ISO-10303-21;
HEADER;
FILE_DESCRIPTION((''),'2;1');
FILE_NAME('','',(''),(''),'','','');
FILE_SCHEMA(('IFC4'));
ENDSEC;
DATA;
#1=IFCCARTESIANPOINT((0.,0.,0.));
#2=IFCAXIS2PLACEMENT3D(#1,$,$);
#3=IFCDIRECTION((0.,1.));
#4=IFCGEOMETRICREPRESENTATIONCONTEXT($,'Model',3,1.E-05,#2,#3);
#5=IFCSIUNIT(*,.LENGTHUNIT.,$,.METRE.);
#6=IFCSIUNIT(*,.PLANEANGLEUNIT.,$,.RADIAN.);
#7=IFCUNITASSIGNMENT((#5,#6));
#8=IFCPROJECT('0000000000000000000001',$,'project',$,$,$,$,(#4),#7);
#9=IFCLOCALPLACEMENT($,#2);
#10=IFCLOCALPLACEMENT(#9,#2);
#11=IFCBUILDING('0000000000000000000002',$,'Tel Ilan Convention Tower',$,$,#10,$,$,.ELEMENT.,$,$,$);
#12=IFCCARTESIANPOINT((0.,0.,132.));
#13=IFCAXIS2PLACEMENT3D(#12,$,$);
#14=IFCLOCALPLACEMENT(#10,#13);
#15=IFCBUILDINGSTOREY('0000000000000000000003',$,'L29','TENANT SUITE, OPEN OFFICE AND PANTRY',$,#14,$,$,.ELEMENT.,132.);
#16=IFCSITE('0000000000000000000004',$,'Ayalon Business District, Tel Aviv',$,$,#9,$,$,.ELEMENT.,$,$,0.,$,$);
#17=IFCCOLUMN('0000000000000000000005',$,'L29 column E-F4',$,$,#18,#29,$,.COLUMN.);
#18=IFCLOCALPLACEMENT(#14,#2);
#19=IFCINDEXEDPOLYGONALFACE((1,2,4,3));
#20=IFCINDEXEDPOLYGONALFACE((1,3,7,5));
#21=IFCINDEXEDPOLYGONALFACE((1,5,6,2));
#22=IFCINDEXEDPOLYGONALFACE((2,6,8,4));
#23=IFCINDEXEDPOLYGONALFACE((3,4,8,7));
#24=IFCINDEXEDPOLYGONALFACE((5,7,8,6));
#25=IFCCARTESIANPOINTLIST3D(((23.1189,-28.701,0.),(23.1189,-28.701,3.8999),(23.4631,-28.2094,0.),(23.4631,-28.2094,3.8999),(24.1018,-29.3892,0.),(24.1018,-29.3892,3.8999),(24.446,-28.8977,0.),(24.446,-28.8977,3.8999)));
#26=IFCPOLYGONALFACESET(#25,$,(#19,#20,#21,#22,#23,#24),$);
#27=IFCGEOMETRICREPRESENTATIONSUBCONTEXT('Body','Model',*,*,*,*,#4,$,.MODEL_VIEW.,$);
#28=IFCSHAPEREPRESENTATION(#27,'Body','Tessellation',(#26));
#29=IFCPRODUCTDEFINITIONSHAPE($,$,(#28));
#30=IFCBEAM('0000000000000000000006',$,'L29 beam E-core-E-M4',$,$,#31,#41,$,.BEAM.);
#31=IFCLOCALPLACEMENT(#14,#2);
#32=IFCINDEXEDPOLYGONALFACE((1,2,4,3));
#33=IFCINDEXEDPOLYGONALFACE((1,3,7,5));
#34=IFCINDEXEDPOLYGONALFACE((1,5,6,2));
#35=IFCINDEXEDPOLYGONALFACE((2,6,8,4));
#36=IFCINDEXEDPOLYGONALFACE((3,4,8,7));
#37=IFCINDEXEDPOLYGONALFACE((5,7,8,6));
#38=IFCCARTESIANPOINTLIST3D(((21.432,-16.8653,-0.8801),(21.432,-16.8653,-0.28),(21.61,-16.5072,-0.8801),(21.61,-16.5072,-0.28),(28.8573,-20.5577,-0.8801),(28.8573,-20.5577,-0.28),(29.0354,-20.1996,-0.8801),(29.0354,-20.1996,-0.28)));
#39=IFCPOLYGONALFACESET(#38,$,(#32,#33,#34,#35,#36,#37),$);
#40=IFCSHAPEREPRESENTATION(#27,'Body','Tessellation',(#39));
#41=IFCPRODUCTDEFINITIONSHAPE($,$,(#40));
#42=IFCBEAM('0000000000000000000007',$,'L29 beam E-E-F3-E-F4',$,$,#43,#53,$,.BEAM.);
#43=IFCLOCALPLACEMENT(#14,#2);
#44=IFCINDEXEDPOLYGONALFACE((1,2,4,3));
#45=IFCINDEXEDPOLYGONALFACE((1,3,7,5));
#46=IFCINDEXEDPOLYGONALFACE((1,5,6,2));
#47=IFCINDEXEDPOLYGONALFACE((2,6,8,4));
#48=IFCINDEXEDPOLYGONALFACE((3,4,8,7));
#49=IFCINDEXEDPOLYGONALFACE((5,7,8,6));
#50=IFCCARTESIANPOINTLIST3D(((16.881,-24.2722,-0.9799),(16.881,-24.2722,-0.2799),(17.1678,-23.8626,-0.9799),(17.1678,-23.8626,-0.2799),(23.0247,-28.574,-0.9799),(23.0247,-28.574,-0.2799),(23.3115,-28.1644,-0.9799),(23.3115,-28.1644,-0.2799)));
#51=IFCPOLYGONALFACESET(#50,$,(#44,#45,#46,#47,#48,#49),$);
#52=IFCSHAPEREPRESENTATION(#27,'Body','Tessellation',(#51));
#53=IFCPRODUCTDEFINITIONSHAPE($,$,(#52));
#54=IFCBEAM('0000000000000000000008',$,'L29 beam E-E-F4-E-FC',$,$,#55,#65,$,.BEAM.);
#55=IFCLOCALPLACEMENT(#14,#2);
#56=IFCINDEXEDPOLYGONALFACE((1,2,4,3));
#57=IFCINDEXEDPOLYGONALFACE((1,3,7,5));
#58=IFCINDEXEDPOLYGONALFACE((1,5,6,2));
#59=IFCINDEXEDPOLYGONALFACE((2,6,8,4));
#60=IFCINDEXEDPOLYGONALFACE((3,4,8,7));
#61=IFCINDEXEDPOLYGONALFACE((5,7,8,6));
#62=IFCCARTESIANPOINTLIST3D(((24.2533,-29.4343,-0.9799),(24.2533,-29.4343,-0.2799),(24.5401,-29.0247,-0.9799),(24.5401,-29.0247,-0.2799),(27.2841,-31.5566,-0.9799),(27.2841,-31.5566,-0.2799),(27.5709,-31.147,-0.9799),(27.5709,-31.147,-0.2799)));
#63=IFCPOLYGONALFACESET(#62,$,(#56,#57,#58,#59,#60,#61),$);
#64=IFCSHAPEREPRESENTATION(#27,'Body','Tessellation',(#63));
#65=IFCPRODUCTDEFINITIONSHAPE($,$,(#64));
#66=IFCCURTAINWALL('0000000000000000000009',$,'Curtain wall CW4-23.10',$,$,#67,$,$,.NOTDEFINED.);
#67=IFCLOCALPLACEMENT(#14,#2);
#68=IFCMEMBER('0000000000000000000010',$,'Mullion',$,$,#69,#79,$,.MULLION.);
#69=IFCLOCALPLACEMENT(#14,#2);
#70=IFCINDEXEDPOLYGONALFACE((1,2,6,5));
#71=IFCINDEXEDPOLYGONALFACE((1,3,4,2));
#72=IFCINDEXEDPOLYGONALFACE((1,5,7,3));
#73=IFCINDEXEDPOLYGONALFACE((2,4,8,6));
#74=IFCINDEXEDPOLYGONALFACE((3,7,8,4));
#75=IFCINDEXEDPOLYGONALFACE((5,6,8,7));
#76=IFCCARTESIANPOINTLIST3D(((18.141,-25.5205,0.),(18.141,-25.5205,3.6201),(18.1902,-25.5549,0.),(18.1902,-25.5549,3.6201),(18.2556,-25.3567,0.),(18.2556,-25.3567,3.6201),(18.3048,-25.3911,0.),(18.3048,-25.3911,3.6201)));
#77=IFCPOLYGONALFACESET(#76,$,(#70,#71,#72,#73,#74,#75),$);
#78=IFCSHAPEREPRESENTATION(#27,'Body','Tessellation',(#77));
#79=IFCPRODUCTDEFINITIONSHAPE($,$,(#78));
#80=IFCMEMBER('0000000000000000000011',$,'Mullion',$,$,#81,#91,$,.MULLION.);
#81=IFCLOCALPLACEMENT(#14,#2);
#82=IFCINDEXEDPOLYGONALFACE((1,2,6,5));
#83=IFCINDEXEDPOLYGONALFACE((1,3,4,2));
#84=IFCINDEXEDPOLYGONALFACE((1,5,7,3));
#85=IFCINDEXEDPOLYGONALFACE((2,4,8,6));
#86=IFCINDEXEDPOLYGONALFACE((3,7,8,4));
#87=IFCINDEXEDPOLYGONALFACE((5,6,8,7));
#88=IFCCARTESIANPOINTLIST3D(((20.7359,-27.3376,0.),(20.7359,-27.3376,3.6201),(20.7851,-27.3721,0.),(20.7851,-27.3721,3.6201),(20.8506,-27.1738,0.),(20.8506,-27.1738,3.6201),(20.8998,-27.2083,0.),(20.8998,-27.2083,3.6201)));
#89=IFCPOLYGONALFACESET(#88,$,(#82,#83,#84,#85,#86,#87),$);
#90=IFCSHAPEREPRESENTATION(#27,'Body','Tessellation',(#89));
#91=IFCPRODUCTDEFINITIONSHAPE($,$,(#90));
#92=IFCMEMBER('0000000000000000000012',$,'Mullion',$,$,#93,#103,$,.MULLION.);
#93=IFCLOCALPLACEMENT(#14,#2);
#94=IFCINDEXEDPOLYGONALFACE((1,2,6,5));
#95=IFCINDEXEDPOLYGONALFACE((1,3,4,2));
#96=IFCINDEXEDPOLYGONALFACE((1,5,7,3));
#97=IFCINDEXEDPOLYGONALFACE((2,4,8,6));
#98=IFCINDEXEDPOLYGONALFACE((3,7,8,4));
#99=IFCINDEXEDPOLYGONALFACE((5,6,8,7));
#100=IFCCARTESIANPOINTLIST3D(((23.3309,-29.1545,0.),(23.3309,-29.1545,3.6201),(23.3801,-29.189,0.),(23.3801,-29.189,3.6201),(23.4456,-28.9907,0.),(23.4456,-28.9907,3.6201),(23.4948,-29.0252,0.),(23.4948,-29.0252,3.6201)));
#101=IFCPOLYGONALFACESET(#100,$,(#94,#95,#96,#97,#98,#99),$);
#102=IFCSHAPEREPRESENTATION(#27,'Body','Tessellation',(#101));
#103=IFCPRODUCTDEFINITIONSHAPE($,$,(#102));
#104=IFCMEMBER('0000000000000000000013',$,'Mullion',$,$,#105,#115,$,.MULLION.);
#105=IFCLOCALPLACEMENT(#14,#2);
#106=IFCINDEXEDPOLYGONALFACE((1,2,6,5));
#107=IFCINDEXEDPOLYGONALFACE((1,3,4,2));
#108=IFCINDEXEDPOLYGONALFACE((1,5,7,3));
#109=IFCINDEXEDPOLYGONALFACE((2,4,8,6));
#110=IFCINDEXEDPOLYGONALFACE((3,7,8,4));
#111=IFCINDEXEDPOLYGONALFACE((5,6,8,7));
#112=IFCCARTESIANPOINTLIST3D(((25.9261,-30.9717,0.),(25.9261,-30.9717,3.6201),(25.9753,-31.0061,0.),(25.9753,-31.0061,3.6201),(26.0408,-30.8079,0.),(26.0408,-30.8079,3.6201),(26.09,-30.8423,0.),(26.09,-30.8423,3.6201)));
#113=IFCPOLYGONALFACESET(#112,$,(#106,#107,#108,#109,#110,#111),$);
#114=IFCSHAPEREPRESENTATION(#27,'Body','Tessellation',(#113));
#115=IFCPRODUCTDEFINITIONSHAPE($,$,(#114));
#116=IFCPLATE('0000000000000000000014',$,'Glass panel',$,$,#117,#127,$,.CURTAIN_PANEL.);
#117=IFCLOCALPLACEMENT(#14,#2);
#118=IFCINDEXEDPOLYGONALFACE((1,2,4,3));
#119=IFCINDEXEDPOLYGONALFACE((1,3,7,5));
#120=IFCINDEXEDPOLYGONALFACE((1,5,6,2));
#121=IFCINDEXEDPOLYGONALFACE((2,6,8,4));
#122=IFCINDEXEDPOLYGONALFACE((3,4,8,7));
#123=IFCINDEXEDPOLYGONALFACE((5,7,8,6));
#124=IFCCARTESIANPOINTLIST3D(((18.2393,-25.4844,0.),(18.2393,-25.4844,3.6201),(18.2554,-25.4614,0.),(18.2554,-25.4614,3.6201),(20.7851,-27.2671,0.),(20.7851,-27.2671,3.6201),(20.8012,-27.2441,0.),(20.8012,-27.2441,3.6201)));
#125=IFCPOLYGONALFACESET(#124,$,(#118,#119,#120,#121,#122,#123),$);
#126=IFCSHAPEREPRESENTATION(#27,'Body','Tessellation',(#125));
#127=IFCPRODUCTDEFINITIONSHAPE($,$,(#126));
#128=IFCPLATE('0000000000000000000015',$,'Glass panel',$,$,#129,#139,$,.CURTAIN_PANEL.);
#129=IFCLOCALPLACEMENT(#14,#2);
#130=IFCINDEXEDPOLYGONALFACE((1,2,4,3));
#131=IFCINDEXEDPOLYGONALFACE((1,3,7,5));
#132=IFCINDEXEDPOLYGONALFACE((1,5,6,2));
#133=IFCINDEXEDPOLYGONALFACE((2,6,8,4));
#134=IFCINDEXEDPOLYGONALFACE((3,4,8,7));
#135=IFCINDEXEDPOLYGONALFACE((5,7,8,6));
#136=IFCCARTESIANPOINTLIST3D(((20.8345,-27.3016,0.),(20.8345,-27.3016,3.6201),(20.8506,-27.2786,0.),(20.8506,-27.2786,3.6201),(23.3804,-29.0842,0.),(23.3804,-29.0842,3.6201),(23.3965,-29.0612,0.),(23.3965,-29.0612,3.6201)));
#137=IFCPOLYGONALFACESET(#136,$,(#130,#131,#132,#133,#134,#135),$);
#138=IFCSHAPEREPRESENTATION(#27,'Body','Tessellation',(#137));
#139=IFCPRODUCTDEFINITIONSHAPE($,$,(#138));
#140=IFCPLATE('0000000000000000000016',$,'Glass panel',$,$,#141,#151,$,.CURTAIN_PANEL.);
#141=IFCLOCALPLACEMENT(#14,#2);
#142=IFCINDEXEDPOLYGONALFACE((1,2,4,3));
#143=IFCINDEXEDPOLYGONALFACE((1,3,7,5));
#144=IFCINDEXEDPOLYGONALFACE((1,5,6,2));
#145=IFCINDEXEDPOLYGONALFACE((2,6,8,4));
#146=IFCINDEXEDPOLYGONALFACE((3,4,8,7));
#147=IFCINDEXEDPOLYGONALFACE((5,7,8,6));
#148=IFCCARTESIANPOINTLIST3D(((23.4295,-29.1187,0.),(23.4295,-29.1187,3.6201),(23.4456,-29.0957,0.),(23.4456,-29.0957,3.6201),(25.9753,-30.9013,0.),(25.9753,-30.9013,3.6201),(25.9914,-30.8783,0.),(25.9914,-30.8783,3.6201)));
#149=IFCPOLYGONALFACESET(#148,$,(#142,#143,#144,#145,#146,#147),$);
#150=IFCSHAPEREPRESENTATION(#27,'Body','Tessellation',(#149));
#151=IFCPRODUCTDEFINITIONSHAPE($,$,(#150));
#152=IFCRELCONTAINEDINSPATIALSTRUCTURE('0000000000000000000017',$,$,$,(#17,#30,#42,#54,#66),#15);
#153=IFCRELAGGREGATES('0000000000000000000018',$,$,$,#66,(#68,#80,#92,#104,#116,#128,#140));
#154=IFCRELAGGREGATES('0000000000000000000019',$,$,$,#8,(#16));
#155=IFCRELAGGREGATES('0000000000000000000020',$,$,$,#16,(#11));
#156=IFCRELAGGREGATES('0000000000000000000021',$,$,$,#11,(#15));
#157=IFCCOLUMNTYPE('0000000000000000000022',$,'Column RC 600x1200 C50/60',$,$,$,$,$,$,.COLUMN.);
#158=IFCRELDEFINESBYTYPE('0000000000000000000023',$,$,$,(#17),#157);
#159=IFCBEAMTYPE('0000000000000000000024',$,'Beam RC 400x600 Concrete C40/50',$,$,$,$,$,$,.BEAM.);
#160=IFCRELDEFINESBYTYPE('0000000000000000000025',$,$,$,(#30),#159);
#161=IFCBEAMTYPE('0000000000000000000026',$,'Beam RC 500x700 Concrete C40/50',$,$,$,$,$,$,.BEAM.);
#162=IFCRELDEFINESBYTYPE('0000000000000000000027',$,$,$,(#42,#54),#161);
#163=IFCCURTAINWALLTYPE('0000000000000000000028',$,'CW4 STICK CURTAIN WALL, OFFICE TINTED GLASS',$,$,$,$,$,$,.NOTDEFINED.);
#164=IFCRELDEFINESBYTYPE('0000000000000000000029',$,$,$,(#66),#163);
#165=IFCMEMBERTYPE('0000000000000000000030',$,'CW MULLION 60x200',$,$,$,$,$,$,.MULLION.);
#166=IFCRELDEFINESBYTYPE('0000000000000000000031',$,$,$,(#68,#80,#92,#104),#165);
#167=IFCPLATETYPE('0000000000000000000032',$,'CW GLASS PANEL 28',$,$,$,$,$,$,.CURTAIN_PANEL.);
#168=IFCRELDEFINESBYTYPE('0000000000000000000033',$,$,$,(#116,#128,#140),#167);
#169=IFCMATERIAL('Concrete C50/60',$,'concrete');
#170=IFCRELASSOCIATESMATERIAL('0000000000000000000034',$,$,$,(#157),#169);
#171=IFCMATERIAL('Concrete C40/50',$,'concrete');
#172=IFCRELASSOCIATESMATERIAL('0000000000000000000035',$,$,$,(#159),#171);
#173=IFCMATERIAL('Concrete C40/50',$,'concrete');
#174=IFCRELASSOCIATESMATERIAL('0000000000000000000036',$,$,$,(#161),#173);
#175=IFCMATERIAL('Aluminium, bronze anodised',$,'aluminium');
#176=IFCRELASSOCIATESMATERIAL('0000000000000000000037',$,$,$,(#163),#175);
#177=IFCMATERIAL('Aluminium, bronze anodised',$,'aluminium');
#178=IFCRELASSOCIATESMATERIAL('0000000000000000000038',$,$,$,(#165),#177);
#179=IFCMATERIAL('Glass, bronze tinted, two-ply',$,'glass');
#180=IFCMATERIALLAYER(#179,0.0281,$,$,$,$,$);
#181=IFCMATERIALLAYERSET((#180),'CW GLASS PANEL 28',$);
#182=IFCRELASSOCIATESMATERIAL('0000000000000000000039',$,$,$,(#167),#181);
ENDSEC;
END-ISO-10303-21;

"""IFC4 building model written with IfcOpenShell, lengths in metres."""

from ifc_helpers import new_model, si_unit, direction, frame, origin, origin_2d, place, context, subcontext, project, spatial, rectangle, extrude, material, layer, layer_set, material_profile, profile_set, type_object, element, aggregate, save


model = new_model("IFC4")

# Units and contexts
model_context = context("Model", 3, precision=1e-05, world=origin(), true_north=direction((0.0, 1.0)))
body_context = subcontext(model_context, "Body", "Model", "MODEL_VIEW")
ifc_project = project(units=[si_unit("LENGTHUNIT", "METRE"), si_unit("PLANEANGLEUNIT", "RADIAN")], contexts=[model_context])

# Site, building, storey
site_placement = place(None, origin())
site = spatial("IfcSite", under=ifc_project, at=site_placement, Name="Ayalon Business District, Tel Aviv", CompositionType="ELEMENT", RefElevation=0.0)
building_placement = place(site_placement, origin())
building = spatial("IfcBuilding", under=site, at=building_placement, Name="Tel Ilan Convention Tower", CompositionType="ELEMENT")
storey_placement = place(building_placement, frame((0.0, 0.0, 132.0)))
storey = spatial("IfcBuildingStorey", under=building, at=storey_placement, Name="L29", Description="TENANT SUITE, OPEN OFFICE AND PANTRY", CompositionType="ELEMENT", Elevation=132.0)

# Column
ifc_material_1 = material(Name="Concrete C50/60", Category="concrete")
ifc_material_profile_1 = material_profile(ifc_material_1, rectangle(XDim=1.2, YDim=0.6001, at=origin_2d()), Name="RC 600x1200")
ifc_profile_set_1 = profile_set([ifc_material_profile_1], Name="Concrete C50/60")
column_type = type_object("IfcColumnType", Name="Column RC 600x1200 C50/60", PredefinedType="COLUMN", material=ifc_profile_set_1)
column_placement = place(storey_placement, frame((23.7825, -28.7993, 0.0), z_axis=(0.0, 0.0, 1.0), x_axis=(0.819152, -0.573576, 0.0)))
element("IfcColumn", 1, at=column_placement, inside=storey, type_object=column_type, Name="L29 column E-F4", PredefinedType="COLUMN", context=body_context, shape_type="SweptSolid", body=[
    extrude(rectangle(XDim=1.2, YDim=0.6001, at=origin_2d()), origin(), (0.0, 0.0, 1.0), 3.8999),
])

# Beams
ifc_material_2 = material(Name="Concrete C40/50", Category="concrete")
ifc_material_profile_2 = material_profile(ifc_material_2, rectangle(XDim=0.3999, YDim=0.6001, at=origin_2d()), Name="RC 400x600")
ifc_profile_set_2 = profile_set([ifc_material_profile_2], Name="Concrete C40/50")
beam_type_1 = type_object("IfcBeamType", Name="Beam RC 400x600 Concrete C40/50", PredefinedType="BEAM", material=ifc_profile_set_2)
beam_1_placement = place(storey_placement, frame((21.521, -16.6863, -0.5801), z_axis=(0.895402, -0.445258, 0.0), x_axis=(0.445258, 0.895402, 0.0)))
element("IfcBeam", 2, at=beam_1_placement, inside=storey, type_object=beam_type_1, Name="L29 beam E-core-E-M4", PredefinedType="BEAM", context=body_context, shape_type="SweptSolid", body=[
    extrude(rectangle(XDim=0.3999, YDim=0.6001, at=origin_2d()), origin(), (0.0, 0.0, 1.0), 8.2927),
])
ifc_material_3 = material(Name="Concrete C40/50", Category="concrete")
ifc_material_profile_3 = material_profile(ifc_material_3, rectangle(XDim=0.5, YDim=0.7, at=origin_2d()), Name="RC 500x700")
ifc_profile_set_3 = profile_set([ifc_material_profile_3], Name="Concrete C40/50")
beam_type_2 = type_object("IfcBeamType", Name="Beam RC 500x700 Concrete C40/50", PredefinedType="BEAM", material=ifc_profile_set_3)
beam_2_placement = place(storey_placement, frame((17.0244, -24.0674, -0.6299), z_axis=(0.819152, -0.573576, 0.0), x_axis=(0.573576, 0.819152, 0.0)))
element("IfcBeam", 3, at=beam_2_placement, inside=storey, type_object=beam_type_2, Name="L29 beam E-E-F3-E-F4", PredefinedType="BEAM", context=body_context, shape_type="SweptSolid", body=[
    extrude(rectangle(XDim=0.5, YDim=0.7, at=origin_2d()), origin(), (0.0, 0.0, 1.0), 7.5),
])
beam_3_placement = place(storey_placement, frame((24.3967, -29.2295, -0.6299), z_axis=(0.819133, -0.573604, 0.0), x_axis=(0.573604, 0.819133, 0.0)))
element("IfcBeam", 4, at=beam_3_placement, inside=storey, type_object=beam_type_2, Name="L29 beam E-E-F4-E-FC", PredefinedType="BEAM", context=body_context, shape_type="SweptSolid", body=[
    extrude(rectangle(XDim=0.5, YDim=0.7, at=origin_2d()), origin(), (0.0, 0.0, 1.0), 3.7),
])

# Curtain wall, members, plates
ifc_material_4 = material(Name="Aluminium, bronze anodised", Category="aluminium")
curtain_wall_type = type_object("IfcCurtainWallType", Name="CW4 STICK CURTAIN WALL, OFFICE TINTED GLASS", PredefinedType="NOTDEFINED", material=ifc_material_4)
curtain_wall_placement = place(storey_placement, origin())
curtain_wall = element("IfcCurtainWall", 5, at=curtain_wall_placement, inside=storey, type_object=curtain_wall_type, Name="Curtain wall CW4-23.10", PredefinedType="NOTDEFINED")
ifc_material_5 = material(Name="Aluminium, bronze anodised", Category="aluminium")
ifc_material_profile_4 = material_profile(ifc_material_5, rectangle(XDim=0.0601, YDim=0.2, at=origin_2d()), Name="CW MULLION 60x200")
ifc_profile_set_4 = profile_set([ifc_material_profile_4], Name="Aluminium, bronze anodised")
member_type = type_object("IfcMemberType", Name="CW MULLION 60x200", PredefinedType="MULLION", material=ifc_profile_set_4)
member_1_placement = place(storey_placement, frame((18.2229, -25.4558, 0.0), z_axis=(0.0, 0.0, 1.0), x_axis=(0.819152, -0.573576, 0.0)))
member_1 = element("IfcMember", 6, at=member_1_placement, type_object=member_type, Name="Mullion", PredefinedType="MULLION", context=body_context, shape_type="SweptSolid", body=[
    extrude(rectangle(XDim=0.0601, YDim=0.2, at=origin_2d()), origin(), (0.0, 0.0, 1.0), 3.6201),
])
member_2_placement = place(storey_placement, frame((20.8179, -27.2729, 0.0), z_axis=(0.0, 0.0, 1.0), x_axis=(0.819152, -0.573576, 0.0)))
member_2 = element("IfcMember", 7, at=member_2_placement, type_object=member_type, Name="Mullion", PredefinedType="MULLION", context=body_context, shape_type="SweptSolid", body=[
    extrude(rectangle(XDim=0.0601, YDim=0.2, at=origin_2d()), origin(), (0.0, 0.0, 1.0), 3.6201),
])
member_3_placement = place(storey_placement, frame((23.4128, -29.0898, 0.0), z_axis=(0.0, 0.0, 1.0), x_axis=(0.819152, -0.573576, 0.0)))
member_3 = element("IfcMember", 8, at=member_3_placement, type_object=member_type, Name="Mullion", PredefinedType="MULLION", context=body_context, shape_type="SweptSolid", body=[
    extrude(rectangle(XDim=0.0601, YDim=0.2, at=origin_2d()), origin(), (0.0, 0.0, 1.0), 3.6201),
])
member_4_placement = place(storey_placement, frame((26.0081, -30.907, 0.0), z_axis=(0.0, 0.0, 1.0), x_axis=(0.819152, -0.573576, 0.0)))
member_4 = element("IfcMember", 9, at=member_4_placement, type_object=member_type, Name="Mullion", PredefinedType="MULLION", context=body_context, shape_type="SweptSolid", body=[
    extrude(rectangle(XDim=0.0601, YDim=0.2, at=origin_2d()), origin(), (0.0, 0.0, 1.0), 3.6201),
])
ifc_material_6 = material(Name="Glass, bronze tinted, two-ply", Category="glass")
ifc_layer_1 = layer(ifc_material_6, 0.0281)
ifc_layer_set_1 = layer_set([ifc_layer_1], Name="CW GLASS PANEL 28")
plate_type = type_object("IfcPlateType", Name="CW GLASS PANEL 28", PredefinedType="CURTAIN_PANEL", material=ifc_layer_set_1)
plate_1_placement = place(storey_placement, frame((19.5203, -26.3643, 0.0), z_axis=(0.0, 0.0, 1.0), x_axis=(0.819152, -0.573576, 0.0)))
plate_1 = element("IfcPlate", 10, at=plate_1_placement, type_object=plate_type, Name="Glass panel", PredefinedType="CURTAIN_PANEL", context=body_context, shape_type="SweptSolid", body=[
    extrude(rectangle(XDim=3.1079, YDim=0.0281, at=origin_2d()), origin(), (0.0, 0.0, 1.0), 3.6201),
])
plate_2_placement = place(storey_placement, frame((22.1155, -28.1814, 0.0), z_axis=(0.0, 0.0, 1.0), x_axis=(0.819152, -0.573576, 0.0)))
plate_2 = element("IfcPlate", 11, at=plate_2_placement, type_object=plate_type, Name="Glass panel", PredefinedType="CURTAIN_PANEL", context=body_context, shape_type="SweptSolid", body=[
    extrude(rectangle(XDim=3.1079, YDim=0.0281, at=origin_2d()), origin(), (0.0, 0.0, 1.0), 3.6201),
])
plate_3_placement = place(storey_placement, frame((24.7104, -29.9985, 0.0), z_axis=(0.0, 0.0, 1.0), x_axis=(0.819152, -0.573576, 0.0)))
plate_3 = element("IfcPlate", 12, at=plate_3_placement, type_object=plate_type, Name="Glass panel", PredefinedType="CURTAIN_PANEL", context=body_context, shape_type="SweptSolid", body=[
    extrude(rectangle(XDim=3.1079, YDim=0.0281, at=origin_2d()), origin(), (0.0, 0.0, 1.0), 3.6201),
])
aggregate(curtain_wall, [member_1, member_2, member_3, member_4, plate_1, plate_2, plate_3])

save(model, "model.ifc")
